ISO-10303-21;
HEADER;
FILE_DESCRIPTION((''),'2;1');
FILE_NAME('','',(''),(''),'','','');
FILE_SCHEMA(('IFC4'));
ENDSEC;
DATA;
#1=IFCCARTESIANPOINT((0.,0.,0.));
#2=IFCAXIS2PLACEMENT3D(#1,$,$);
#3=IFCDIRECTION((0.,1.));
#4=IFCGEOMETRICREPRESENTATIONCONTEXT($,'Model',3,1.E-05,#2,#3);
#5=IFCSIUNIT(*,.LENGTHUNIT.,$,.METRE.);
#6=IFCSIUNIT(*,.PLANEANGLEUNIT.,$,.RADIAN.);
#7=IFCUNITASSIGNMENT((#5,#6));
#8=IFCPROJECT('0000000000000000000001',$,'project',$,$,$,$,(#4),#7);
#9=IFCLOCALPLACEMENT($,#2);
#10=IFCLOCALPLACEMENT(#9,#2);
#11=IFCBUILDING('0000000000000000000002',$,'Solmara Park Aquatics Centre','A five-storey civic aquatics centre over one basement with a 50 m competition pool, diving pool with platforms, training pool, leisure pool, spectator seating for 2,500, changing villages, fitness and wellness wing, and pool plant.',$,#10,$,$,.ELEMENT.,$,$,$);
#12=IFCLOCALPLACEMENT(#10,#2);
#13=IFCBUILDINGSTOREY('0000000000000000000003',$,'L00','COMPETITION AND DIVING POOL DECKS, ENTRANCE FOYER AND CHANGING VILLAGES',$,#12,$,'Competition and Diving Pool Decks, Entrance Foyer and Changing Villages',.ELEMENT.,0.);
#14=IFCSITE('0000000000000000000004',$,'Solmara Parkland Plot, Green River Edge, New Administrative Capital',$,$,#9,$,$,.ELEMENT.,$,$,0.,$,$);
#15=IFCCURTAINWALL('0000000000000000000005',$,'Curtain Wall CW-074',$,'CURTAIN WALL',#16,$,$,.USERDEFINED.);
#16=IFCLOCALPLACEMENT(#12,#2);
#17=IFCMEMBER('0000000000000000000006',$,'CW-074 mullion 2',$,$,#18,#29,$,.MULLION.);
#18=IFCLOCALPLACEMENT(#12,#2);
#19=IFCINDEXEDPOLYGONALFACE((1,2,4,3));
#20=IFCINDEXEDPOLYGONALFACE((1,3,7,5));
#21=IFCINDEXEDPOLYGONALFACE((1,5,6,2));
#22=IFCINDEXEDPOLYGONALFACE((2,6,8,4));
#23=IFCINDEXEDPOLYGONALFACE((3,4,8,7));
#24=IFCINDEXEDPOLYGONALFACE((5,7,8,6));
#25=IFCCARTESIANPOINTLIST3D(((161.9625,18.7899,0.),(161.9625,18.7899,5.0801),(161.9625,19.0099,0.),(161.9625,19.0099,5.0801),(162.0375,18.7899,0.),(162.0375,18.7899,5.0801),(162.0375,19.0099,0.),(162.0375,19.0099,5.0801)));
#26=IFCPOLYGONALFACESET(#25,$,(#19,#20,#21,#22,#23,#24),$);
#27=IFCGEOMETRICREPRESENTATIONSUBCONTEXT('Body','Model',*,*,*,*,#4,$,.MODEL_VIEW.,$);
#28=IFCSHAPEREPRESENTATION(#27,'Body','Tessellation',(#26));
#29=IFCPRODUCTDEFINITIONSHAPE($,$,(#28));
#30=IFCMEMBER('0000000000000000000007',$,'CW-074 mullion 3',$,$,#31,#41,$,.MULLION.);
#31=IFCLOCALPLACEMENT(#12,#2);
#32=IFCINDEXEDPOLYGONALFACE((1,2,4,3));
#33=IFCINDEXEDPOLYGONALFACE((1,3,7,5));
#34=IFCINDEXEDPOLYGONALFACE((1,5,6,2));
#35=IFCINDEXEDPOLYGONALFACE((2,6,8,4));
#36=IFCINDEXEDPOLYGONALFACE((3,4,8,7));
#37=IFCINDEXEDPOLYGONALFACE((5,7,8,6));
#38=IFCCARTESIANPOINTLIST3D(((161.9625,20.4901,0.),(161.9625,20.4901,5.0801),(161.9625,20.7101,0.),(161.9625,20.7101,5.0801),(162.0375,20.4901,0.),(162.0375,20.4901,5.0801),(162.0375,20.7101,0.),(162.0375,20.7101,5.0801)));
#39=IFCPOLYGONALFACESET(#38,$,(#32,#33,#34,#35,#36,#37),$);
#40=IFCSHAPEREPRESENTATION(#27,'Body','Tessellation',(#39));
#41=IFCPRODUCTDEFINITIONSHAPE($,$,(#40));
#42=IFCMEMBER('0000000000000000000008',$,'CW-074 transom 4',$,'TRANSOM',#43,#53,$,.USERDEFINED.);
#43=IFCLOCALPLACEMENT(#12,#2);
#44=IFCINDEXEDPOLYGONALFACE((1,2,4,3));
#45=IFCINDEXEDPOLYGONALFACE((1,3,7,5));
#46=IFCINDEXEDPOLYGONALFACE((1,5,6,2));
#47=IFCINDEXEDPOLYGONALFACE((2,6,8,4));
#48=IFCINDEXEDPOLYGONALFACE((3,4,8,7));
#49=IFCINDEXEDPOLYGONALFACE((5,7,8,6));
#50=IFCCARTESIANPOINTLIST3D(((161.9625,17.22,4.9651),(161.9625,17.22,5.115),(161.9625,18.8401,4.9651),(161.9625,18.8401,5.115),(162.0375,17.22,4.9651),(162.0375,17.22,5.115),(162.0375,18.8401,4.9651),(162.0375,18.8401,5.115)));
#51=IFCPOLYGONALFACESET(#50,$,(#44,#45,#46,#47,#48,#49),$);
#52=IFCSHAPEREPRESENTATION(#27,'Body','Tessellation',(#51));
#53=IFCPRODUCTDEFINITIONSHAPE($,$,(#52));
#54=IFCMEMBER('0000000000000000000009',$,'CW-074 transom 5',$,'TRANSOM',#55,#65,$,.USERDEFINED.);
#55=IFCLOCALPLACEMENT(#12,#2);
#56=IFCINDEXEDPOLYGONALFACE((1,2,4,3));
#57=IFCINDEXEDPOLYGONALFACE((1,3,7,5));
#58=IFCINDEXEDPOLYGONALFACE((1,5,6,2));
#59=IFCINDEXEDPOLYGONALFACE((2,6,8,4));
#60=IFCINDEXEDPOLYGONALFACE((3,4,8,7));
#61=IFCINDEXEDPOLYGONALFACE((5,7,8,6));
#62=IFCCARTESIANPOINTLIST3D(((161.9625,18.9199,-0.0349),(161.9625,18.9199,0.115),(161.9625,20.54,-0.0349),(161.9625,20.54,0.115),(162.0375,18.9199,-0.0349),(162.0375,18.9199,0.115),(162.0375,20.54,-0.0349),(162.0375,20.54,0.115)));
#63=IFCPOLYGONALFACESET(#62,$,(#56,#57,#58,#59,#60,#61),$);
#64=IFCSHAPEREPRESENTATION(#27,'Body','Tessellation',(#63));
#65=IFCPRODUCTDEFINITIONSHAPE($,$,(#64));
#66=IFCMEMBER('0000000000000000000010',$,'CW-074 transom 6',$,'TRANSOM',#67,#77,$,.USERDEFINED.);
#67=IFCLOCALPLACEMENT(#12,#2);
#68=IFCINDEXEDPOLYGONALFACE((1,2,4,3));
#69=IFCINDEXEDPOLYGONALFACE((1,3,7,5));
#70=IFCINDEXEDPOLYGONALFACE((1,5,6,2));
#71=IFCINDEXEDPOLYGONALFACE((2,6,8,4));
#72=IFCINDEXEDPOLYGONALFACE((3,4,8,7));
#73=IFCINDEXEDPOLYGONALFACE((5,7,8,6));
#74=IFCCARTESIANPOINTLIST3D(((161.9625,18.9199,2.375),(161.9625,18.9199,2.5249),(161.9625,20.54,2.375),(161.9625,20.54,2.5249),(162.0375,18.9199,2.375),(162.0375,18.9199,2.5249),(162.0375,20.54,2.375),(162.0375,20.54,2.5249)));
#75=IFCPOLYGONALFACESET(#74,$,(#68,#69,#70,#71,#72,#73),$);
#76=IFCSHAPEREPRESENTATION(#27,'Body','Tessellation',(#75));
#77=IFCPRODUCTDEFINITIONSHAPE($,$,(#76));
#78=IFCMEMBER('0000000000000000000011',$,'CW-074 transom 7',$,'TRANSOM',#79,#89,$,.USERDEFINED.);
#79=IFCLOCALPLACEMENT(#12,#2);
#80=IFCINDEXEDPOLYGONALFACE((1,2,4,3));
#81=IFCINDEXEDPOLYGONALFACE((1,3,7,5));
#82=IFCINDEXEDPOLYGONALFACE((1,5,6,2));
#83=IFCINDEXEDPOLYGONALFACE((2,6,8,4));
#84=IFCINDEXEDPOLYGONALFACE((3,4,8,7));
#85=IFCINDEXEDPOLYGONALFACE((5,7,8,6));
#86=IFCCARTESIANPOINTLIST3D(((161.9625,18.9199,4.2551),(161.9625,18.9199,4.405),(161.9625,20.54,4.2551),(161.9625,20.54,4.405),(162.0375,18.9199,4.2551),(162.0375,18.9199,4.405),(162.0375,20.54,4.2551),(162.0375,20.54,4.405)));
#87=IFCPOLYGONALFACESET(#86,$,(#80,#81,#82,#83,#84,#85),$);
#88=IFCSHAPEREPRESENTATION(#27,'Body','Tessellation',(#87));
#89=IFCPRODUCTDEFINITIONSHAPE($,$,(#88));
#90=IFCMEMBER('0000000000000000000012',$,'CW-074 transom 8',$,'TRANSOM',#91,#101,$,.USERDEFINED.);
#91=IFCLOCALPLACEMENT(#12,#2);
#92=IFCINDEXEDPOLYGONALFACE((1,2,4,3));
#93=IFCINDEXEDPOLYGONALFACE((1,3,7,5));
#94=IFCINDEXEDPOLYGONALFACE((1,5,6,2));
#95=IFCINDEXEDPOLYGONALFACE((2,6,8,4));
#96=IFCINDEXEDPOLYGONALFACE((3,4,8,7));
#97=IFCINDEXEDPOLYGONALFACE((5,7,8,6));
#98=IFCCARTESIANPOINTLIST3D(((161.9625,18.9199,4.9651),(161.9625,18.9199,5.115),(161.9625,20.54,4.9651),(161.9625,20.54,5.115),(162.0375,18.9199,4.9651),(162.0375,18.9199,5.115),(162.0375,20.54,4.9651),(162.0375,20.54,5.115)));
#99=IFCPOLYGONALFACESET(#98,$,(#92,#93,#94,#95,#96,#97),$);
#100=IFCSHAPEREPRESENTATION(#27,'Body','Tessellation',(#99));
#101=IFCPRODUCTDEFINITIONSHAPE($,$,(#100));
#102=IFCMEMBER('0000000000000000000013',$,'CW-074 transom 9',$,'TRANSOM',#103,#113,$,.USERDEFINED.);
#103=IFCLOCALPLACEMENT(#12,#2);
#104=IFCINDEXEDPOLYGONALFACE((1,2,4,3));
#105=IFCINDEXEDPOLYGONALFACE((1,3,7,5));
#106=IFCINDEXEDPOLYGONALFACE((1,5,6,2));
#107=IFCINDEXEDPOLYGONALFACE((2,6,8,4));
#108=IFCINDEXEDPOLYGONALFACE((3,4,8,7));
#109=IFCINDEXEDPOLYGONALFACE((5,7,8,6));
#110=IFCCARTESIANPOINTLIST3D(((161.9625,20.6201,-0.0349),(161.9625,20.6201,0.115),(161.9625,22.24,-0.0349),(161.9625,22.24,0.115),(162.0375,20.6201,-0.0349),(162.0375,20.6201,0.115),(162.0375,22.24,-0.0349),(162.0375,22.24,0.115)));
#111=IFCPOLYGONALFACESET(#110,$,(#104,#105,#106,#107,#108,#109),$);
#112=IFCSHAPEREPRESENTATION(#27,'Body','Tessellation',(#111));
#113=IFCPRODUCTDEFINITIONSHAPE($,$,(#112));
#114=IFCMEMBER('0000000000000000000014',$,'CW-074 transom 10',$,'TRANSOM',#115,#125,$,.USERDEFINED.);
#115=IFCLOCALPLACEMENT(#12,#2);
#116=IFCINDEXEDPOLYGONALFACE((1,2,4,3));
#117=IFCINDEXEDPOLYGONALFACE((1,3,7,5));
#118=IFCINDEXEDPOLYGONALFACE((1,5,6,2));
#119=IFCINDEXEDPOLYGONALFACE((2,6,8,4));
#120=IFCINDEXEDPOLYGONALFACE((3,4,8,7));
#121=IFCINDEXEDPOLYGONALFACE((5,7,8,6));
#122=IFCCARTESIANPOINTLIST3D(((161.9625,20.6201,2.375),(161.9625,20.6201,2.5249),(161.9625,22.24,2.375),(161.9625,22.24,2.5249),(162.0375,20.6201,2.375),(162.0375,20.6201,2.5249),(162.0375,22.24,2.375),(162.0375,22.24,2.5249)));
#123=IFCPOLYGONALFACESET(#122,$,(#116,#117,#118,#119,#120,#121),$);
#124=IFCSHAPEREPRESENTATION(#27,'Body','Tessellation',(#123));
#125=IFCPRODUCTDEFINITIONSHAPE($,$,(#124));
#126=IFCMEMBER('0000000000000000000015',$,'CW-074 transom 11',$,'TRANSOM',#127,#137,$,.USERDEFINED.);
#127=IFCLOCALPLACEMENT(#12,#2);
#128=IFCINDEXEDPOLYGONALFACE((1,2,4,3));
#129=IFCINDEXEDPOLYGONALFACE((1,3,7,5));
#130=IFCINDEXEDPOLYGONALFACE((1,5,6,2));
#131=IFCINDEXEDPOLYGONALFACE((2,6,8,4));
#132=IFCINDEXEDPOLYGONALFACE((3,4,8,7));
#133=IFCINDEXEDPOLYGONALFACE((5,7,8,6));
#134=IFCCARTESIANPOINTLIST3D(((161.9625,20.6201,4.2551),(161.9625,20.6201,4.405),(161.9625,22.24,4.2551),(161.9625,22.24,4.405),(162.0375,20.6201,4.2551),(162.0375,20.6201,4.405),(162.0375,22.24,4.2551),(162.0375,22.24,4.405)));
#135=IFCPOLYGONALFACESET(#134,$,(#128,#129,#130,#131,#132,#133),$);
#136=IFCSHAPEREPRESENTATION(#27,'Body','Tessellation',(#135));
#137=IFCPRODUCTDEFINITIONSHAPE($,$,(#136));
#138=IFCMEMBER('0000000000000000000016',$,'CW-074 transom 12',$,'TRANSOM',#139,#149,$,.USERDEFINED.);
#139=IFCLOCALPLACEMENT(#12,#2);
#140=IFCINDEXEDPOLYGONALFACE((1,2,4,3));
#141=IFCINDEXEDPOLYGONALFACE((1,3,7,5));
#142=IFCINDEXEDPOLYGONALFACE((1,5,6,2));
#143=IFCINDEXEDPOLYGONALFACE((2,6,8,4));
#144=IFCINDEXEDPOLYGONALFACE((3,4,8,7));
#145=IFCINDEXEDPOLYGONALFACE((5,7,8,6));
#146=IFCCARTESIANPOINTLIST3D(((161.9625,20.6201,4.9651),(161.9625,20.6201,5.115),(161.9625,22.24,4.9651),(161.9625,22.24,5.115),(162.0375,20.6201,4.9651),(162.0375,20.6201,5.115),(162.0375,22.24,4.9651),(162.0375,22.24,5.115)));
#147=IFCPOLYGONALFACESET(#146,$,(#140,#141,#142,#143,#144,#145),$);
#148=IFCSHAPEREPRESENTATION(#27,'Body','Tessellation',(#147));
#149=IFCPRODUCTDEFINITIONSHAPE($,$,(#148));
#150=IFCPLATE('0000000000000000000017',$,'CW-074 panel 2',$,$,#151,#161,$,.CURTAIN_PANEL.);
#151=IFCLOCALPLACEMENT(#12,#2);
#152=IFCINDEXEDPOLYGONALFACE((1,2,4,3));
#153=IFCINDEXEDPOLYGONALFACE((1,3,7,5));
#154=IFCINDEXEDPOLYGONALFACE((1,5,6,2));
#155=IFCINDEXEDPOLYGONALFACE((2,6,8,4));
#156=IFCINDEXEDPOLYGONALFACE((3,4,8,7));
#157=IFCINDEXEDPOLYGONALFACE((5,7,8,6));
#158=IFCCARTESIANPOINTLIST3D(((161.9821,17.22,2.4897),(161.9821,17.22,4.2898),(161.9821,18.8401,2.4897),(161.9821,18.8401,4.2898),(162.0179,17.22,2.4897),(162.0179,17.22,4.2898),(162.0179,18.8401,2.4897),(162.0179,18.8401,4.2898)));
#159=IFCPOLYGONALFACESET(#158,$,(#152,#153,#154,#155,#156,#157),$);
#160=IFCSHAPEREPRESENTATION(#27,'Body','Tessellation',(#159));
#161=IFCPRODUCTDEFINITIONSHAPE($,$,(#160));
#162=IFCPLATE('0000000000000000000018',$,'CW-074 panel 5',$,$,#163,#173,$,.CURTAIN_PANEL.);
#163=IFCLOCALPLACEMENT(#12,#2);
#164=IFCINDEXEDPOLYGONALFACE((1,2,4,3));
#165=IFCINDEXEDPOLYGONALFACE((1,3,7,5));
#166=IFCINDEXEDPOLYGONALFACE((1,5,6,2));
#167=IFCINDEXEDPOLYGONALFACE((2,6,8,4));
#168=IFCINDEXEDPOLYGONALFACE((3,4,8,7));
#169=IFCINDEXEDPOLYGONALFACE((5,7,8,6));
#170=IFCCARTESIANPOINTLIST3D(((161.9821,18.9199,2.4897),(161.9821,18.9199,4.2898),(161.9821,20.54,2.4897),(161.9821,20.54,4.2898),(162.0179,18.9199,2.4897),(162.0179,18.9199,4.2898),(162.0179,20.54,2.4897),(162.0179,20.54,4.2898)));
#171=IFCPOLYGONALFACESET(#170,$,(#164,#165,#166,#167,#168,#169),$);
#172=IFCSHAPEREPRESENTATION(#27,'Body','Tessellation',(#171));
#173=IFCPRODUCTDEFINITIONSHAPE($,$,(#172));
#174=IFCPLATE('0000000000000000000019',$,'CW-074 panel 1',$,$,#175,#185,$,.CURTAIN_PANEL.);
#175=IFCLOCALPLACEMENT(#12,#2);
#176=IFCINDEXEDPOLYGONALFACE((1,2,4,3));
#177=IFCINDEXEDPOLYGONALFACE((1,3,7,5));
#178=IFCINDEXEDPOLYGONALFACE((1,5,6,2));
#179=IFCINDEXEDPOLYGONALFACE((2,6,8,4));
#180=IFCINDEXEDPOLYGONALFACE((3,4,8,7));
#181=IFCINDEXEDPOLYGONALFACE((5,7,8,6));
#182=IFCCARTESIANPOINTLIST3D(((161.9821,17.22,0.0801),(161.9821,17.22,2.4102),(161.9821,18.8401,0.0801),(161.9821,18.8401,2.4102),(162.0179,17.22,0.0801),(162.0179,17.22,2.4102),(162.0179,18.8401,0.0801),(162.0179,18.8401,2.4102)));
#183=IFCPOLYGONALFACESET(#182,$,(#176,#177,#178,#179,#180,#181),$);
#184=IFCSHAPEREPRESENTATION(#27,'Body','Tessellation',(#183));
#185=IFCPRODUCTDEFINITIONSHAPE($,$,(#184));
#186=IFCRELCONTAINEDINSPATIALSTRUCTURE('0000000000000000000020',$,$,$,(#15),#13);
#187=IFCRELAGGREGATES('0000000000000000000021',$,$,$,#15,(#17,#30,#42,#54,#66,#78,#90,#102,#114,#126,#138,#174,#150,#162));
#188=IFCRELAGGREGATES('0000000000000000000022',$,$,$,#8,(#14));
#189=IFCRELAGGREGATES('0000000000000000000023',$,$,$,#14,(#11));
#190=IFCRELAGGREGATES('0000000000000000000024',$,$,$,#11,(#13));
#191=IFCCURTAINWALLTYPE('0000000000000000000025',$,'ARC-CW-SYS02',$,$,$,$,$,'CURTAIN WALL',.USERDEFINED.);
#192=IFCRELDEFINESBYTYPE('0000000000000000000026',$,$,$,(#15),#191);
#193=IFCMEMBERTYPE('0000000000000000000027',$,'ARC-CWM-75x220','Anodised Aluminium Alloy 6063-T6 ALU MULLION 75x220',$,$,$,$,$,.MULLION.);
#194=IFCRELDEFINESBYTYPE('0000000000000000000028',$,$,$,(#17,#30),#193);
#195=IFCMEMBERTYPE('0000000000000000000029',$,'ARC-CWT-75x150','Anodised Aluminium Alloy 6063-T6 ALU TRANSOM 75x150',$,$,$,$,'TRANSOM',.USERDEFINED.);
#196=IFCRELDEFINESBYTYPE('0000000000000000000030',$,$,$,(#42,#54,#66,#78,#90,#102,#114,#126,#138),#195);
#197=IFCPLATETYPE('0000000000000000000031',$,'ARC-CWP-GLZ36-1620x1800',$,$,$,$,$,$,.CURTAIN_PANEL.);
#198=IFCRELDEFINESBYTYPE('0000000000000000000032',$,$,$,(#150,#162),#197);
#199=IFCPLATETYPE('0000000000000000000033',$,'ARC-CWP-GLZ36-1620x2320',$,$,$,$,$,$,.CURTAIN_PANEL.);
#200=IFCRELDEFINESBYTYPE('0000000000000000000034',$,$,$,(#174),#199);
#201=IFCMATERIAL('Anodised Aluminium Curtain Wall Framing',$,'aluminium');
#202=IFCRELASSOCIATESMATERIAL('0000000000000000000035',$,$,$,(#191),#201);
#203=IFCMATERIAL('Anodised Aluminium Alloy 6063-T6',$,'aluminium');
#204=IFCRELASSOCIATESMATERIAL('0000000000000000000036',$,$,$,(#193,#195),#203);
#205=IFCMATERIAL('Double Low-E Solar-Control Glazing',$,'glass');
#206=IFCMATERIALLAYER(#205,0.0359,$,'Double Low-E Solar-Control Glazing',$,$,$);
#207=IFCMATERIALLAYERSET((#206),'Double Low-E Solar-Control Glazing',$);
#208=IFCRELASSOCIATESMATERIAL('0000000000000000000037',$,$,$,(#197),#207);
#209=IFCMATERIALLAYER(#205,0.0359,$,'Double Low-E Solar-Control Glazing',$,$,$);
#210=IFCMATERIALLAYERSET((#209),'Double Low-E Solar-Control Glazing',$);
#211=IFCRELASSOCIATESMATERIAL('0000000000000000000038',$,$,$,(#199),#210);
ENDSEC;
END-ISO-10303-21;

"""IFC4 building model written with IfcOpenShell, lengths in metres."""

from ifc_helpers import new_model, si_unit, direction, frame, origin, origin_2d, place, context, subcontext, project, spatial, rectangle, extrude, material, layer, layer_set, material_profile, profile_set, type_object, element, aggregate, save


model = new_model("IFC4")

# Units and contexts
model_context = context("Model", 3, precision=1e-05, world=origin(), true_north=direction((0.0, 1.0)))
body_context = subcontext(model_context, "Body", "Model", "MODEL_VIEW")
ifc_project = project(units=[si_unit("LENGTHUNIT", "METRE"), si_unit("PLANEANGLEUNIT", "RADIAN")], contexts=[model_context])

# Site, building, storey
site_placement = place(None, origin())
site = spatial("IfcSite", under=ifc_project, at=site_placement, Name="Solmara Parkland Plot, Green River Edge, New Administrative Capital", CompositionType="ELEMENT", RefElevation=0.0)
building_placement = place(site_placement, origin())
building = spatial("IfcBuilding", under=site, at=building_placement, Name="Solmara Park Aquatics Centre", Description="A five-storey civic aquatics centre over one basement with a 50 m competition pool, diving pool with platforms, training pool, leisure pool, spectator seating for 2,500, changing villages, fitness and wellness wing, and pool plant.", CompositionType="ELEMENT")
storey_placement = place(building_placement, origin())
storey = spatial("IfcBuildingStorey", under=building, at=storey_placement, Name="L00", Description="COMPETITION AND DIVING POOL DECKS, ENTRANCE FOYER AND CHANGING VILLAGES", LongName="Competition and Diving Pool Decks, Entrance Foyer and Changing Villages", CompositionType="ELEMENT", Elevation=0.0)

# Curtain wall, members, plates
ifc_material_1 = material(Name="Anodised Aluminium Curtain Wall Framing", Category="aluminium")
curtain_wall_type = type_object("IfcCurtainWallType", Name="ARC-CW-SYS02", ElementType="CURTAIN WALL", PredefinedType="USERDEFINED", material=ifc_material_1)
curtain_wall_placement = place(storey_placement, origin())
curtain_wall = element("IfcCurtainWall", 1, at=curtain_wall_placement, inside=storey, type_object=curtain_wall_type, Name="Curtain Wall CW-074", ObjectType="CURTAIN WALL", PredefinedType="USERDEFINED")
ifc_material_2 = material(Name="Anodised Aluminium Alloy 6063-T6", Category="aluminium")
ifc_material_profile_1 = material_profile(ifc_material_2, rectangle(XDim=0.075, YDim=0.22, at=origin_2d()), Name="ALU MULLION 75x220")
ifc_profile_set_1 = profile_set([ifc_material_profile_1], Name="Anodised Aluminium Alloy 6063-T6")
member_type_1 = type_object("IfcMemberType", Name="ARC-CWM-75x220", Description="Anodised Aluminium Alloy 6063-T6 ALU MULLION 75x220", PredefinedType="MULLION", material=ifc_profile_set_1)
member_1_placement = place(storey_placement, frame((162.0, 18.8999, 0.0), z_axis=(0.0, 0.0, 1.0), x_axis=(1.0, 0.0, 0.0)))
member_1 = element("IfcMember", 2, at=member_1_placement, type_object=member_type_1, Name="CW-074 mullion 2", PredefinedType="MULLION", context=body_context, shape_type="SweptSolid", body=[
    extrude(rectangle(XDim=0.075, YDim=0.22, at=origin_2d()), origin(), (0.0, 0.0, 1.0), 5.0801),
])
member_2_placement = place(storey_placement, frame((162.0, 20.6001, 0.0), z_axis=(0.0, 0.0, 1.0), x_axis=(1.0, 0.0, 0.0)))
member_2 = element("IfcMember", 3, at=member_2_placement, type_object=member_type_1, Name="CW-074 mullion 3", PredefinedType="MULLION", context=body_context, shape_type="SweptSolid", body=[
    extrude(rectangle(XDim=0.075, YDim=0.22, at=origin_2d()), origin(), (0.0, 0.0, 1.0), 5.0801),
])
ifc_material_profile_2 = material_profile(ifc_material_2, rectangle(XDim=0.075, YDim=0.1499, at=origin_2d()), Name="ALU TRANSOM 75x150")
ifc_profile_set_2 = profile_set([ifc_material_profile_2], Name="Anodised Aluminium Alloy 6063-T6")
member_type_2 = type_object("IfcMemberType", Name="ARC-CWT-75x150", Description="Anodised Aluminium Alloy 6063-T6 ALU TRANSOM 75x150", ElementType="TRANSOM", PredefinedType="USERDEFINED", material=ifc_profile_set_2)
member_3_placement = place(storey_placement, frame((162.0, 17.22, 5.04), z_axis=(0.0, 1.0, 0.0), x_axis=(-1.0, 0.0, 0.0)))
member_3 = element("IfcMember", 4, at=member_3_placement, type_object=member_type_2, Name="CW-074 transom 4", ObjectType="TRANSOM", PredefinedType="USERDEFINED", context=body_context, shape_type="SweptSolid", body=[
    extrude(rectangle(XDim=0.075, YDim=0.1499, at=origin_2d()), origin(), (0.0, 0.0, 1.0), 1.6201),
])
member_4_placement = place(storey_placement, frame((162.0, 18.9199, 0.04), z_axis=(0.0, 1.0, 0.0), x_axis=(-1.0, 0.0, 0.0)))
member_4 = element("IfcMember", 5, at=member_4_placement, type_object=member_type_2, Name="CW-074 transom 5", ObjectType="TRANSOM", PredefinedType="USERDEFINED", context=body_context, shape_type="SweptSolid", body=[
    extrude(rectangle(XDim=0.075, YDim=0.1499, at=origin_2d()), origin(), (0.0, 0.0, 1.0), 1.6201),
])
member_5_placement = place(storey_placement, frame((162.0, 18.9199, 2.45), z_axis=(0.0, 1.0, 0.0), x_axis=(-1.0, 0.0, 0.0)))
member_5 = element("IfcMember", 6, at=member_5_placement, type_object=member_type_2, Name="CW-074 transom 6", ObjectType="TRANSOM", PredefinedType="USERDEFINED", context=body_context, shape_type="SweptSolid", body=[
    extrude(rectangle(XDim=0.075, YDim=0.1499, at=origin_2d()), origin(), (0.0, 0.0, 1.0), 1.6201),
])
member_6_placement = place(storey_placement, frame((162.0, 18.9199, 4.3301), z_axis=(0.0, 1.0, 0.0), x_axis=(-1.0, 0.0, 0.0)))
member_6 = element("IfcMember", 7, at=member_6_placement, type_object=member_type_2, Name="CW-074 transom 7", ObjectType="TRANSOM", PredefinedType="USERDEFINED", context=body_context, shape_type="SweptSolid", body=[
    extrude(rectangle(XDim=0.075, YDim=0.1499, at=origin_2d()), origin(), (0.0, 0.0, 1.0), 1.6201),
])
member_7_placement = place(storey_placement, frame((162.0, 18.9199, 5.04), z_axis=(0.0, 1.0, 0.0), x_axis=(-1.0, 0.0, 0.0)))
member_7 = element("IfcMember", 8, at=member_7_placement, type_object=member_type_2, Name="CW-074 transom 8", ObjectType="TRANSOM", PredefinedType="USERDEFINED", context=body_context, shape_type="SweptSolid", body=[
    extrude(rectangle(XDim=0.075, YDim=0.1499, at=origin_2d()), origin(), (0.0, 0.0, 1.0), 1.6201),
])
member_8_placement = place(storey_placement, frame((162.0, 20.6201, 0.04), z_axis=(0.0, 1.0, 0.0), x_axis=(-1.0, 0.0, 0.0)))
member_8 = element("IfcMember", 9, at=member_8_placement, type_object=member_type_2, Name="CW-074 transom 9", ObjectType="TRANSOM", PredefinedType="USERDEFINED", context=body_context, shape_type="SweptSolid", body=[
    extrude(rectangle(XDim=0.075, YDim=0.1499, at=origin_2d()), origin(), (0.0, 0.0, 1.0), 1.6199),
])
member_9_placement = place(storey_placement, frame((162.0, 20.6201, 2.45), z_axis=(0.0, 1.0, 0.0), x_axis=(-1.0, 0.0, 0.0)))
member_9 = element("IfcMember", 10, at=member_9_placement, type_object=member_type_2, Name="CW-074 transom 10", ObjectType="TRANSOM", PredefinedType="USERDEFINED", context=body_context, shape_type="SweptSolid", body=[
    extrude(rectangle(XDim=0.075, YDim=0.1499, at=origin_2d()), origin(), (0.0, 0.0, 1.0), 1.6199),
])
member_10_placement = place(storey_placement, frame((162.0, 20.6201, 4.3301), z_axis=(0.0, 1.0, 0.0), x_axis=(-1.0, 0.0, 0.0)))
member_10 = element("IfcMember", 11, at=member_10_placement, type_object=member_type_2, Name="CW-074 transom 11", ObjectType="TRANSOM", PredefinedType="USERDEFINED", context=body_context, shape_type="SweptSolid", body=[
    extrude(rectangle(XDim=0.075, YDim=0.1499, at=origin_2d()), origin(), (0.0, 0.0, 1.0), 1.6199),
])
member_11_placement = place(storey_placement, frame((162.0, 20.6201, 5.04), z_axis=(0.0, 1.0, 0.0), x_axis=(-1.0, 0.0, 0.0)))
member_11 = element("IfcMember", 12, at=member_11_placement, type_object=member_type_2, Name="CW-074 transom 12", ObjectType="TRANSOM", PredefinedType="USERDEFINED", context=body_context, shape_type="SweptSolid", body=[
    extrude(rectangle(XDim=0.075, YDim=0.1499, at=origin_2d()), origin(), (0.0, 0.0, 1.0), 1.6199),
])
ifc_material_3 = material(Name="Double Low-E Solar-Control Glazing", Category="glass")
ifc_layer_1 = layer(ifc_material_3, 0.0359, Name="Double Low-E Solar-Control Glazing")
ifc_layer_set_1 = layer_set([ifc_layer_1], Name="Double Low-E Solar-Control Glazing")
plate_type_1 = type_object("IfcPlateType", Name="ARC-CWP-GLZ36-1620x1800", PredefinedType="CURTAIN_PANEL", material=ifc_layer_set_1)
plate_1_placement = place(storey_placement, frame((162.0, 18.03, 2.4897), z_axis=(0.0, 0.0, 1.0), x_axis=(0.0, 1.0, 0.0)))
plate_1 = element("IfcPlate", 13, at=plate_1_placement, type_object=plate_type_1, Name="CW-074 panel 2", PredefinedType="CURTAIN_PANEL", context=body_context, shape_type="SweptSolid", body=[
    extrude(rectangle(XDim=1.6201, YDim=0.0359, at=origin_2d()), origin(), (0.0, 0.0, 1.0), 1.8),
])
plate_2_placement = place(storey_placement, frame((162.0, 19.73, 2.4897), z_axis=(0.0, 0.0, 1.0), x_axis=(0.0, 1.0, 0.0)))
plate_2 = element("IfcPlate", 14, at=plate_2_placement, type_object=plate_type_1, Name="CW-074 panel 5", PredefinedType="CURTAIN_PANEL", context=body_context, shape_type="SweptSolid", body=[
    extrude(rectangle(XDim=1.6201, YDim=0.0359, at=origin_2d()), origin(), (0.0, 0.0, 1.0), 1.8),
])
ifc_layer_2 = layer(ifc_material_3, 0.0359, Name="Double Low-E Solar-Control Glazing")
ifc_layer_set_2 = layer_set([ifc_layer_2], Name="Double Low-E Solar-Control Glazing")
plate_type_2 = type_object("IfcPlateType", Name="ARC-CWP-GLZ36-1620x2320", PredefinedType="CURTAIN_PANEL", material=ifc_layer_set_2)
plate_3_placement = place(storey_placement, frame((162.0, 18.03, 0.0801), z_axis=(0.0, 0.0, 1.0), x_axis=(0.0, 1.0, 0.0)))
plate_3 = element("IfcPlate", 15, at=plate_3_placement, type_object=plate_type_2, Name="CW-074 panel 1", PredefinedType="CURTAIN_PANEL", context=body_context, shape_type="SweptSolid", body=[
    extrude(rectangle(XDim=1.6201, YDim=0.0359, at=origin_2d()), origin(), (0.0, 0.0, 1.0), 2.3301),
])
aggregate(curtain_wall, [member_1, member_2, member_3, member_4, member_5, member_6, member_7, member_8, member_9, member_10, member_11, plate_3, plate_1, plate_2])

save(model, "model.ifc")
